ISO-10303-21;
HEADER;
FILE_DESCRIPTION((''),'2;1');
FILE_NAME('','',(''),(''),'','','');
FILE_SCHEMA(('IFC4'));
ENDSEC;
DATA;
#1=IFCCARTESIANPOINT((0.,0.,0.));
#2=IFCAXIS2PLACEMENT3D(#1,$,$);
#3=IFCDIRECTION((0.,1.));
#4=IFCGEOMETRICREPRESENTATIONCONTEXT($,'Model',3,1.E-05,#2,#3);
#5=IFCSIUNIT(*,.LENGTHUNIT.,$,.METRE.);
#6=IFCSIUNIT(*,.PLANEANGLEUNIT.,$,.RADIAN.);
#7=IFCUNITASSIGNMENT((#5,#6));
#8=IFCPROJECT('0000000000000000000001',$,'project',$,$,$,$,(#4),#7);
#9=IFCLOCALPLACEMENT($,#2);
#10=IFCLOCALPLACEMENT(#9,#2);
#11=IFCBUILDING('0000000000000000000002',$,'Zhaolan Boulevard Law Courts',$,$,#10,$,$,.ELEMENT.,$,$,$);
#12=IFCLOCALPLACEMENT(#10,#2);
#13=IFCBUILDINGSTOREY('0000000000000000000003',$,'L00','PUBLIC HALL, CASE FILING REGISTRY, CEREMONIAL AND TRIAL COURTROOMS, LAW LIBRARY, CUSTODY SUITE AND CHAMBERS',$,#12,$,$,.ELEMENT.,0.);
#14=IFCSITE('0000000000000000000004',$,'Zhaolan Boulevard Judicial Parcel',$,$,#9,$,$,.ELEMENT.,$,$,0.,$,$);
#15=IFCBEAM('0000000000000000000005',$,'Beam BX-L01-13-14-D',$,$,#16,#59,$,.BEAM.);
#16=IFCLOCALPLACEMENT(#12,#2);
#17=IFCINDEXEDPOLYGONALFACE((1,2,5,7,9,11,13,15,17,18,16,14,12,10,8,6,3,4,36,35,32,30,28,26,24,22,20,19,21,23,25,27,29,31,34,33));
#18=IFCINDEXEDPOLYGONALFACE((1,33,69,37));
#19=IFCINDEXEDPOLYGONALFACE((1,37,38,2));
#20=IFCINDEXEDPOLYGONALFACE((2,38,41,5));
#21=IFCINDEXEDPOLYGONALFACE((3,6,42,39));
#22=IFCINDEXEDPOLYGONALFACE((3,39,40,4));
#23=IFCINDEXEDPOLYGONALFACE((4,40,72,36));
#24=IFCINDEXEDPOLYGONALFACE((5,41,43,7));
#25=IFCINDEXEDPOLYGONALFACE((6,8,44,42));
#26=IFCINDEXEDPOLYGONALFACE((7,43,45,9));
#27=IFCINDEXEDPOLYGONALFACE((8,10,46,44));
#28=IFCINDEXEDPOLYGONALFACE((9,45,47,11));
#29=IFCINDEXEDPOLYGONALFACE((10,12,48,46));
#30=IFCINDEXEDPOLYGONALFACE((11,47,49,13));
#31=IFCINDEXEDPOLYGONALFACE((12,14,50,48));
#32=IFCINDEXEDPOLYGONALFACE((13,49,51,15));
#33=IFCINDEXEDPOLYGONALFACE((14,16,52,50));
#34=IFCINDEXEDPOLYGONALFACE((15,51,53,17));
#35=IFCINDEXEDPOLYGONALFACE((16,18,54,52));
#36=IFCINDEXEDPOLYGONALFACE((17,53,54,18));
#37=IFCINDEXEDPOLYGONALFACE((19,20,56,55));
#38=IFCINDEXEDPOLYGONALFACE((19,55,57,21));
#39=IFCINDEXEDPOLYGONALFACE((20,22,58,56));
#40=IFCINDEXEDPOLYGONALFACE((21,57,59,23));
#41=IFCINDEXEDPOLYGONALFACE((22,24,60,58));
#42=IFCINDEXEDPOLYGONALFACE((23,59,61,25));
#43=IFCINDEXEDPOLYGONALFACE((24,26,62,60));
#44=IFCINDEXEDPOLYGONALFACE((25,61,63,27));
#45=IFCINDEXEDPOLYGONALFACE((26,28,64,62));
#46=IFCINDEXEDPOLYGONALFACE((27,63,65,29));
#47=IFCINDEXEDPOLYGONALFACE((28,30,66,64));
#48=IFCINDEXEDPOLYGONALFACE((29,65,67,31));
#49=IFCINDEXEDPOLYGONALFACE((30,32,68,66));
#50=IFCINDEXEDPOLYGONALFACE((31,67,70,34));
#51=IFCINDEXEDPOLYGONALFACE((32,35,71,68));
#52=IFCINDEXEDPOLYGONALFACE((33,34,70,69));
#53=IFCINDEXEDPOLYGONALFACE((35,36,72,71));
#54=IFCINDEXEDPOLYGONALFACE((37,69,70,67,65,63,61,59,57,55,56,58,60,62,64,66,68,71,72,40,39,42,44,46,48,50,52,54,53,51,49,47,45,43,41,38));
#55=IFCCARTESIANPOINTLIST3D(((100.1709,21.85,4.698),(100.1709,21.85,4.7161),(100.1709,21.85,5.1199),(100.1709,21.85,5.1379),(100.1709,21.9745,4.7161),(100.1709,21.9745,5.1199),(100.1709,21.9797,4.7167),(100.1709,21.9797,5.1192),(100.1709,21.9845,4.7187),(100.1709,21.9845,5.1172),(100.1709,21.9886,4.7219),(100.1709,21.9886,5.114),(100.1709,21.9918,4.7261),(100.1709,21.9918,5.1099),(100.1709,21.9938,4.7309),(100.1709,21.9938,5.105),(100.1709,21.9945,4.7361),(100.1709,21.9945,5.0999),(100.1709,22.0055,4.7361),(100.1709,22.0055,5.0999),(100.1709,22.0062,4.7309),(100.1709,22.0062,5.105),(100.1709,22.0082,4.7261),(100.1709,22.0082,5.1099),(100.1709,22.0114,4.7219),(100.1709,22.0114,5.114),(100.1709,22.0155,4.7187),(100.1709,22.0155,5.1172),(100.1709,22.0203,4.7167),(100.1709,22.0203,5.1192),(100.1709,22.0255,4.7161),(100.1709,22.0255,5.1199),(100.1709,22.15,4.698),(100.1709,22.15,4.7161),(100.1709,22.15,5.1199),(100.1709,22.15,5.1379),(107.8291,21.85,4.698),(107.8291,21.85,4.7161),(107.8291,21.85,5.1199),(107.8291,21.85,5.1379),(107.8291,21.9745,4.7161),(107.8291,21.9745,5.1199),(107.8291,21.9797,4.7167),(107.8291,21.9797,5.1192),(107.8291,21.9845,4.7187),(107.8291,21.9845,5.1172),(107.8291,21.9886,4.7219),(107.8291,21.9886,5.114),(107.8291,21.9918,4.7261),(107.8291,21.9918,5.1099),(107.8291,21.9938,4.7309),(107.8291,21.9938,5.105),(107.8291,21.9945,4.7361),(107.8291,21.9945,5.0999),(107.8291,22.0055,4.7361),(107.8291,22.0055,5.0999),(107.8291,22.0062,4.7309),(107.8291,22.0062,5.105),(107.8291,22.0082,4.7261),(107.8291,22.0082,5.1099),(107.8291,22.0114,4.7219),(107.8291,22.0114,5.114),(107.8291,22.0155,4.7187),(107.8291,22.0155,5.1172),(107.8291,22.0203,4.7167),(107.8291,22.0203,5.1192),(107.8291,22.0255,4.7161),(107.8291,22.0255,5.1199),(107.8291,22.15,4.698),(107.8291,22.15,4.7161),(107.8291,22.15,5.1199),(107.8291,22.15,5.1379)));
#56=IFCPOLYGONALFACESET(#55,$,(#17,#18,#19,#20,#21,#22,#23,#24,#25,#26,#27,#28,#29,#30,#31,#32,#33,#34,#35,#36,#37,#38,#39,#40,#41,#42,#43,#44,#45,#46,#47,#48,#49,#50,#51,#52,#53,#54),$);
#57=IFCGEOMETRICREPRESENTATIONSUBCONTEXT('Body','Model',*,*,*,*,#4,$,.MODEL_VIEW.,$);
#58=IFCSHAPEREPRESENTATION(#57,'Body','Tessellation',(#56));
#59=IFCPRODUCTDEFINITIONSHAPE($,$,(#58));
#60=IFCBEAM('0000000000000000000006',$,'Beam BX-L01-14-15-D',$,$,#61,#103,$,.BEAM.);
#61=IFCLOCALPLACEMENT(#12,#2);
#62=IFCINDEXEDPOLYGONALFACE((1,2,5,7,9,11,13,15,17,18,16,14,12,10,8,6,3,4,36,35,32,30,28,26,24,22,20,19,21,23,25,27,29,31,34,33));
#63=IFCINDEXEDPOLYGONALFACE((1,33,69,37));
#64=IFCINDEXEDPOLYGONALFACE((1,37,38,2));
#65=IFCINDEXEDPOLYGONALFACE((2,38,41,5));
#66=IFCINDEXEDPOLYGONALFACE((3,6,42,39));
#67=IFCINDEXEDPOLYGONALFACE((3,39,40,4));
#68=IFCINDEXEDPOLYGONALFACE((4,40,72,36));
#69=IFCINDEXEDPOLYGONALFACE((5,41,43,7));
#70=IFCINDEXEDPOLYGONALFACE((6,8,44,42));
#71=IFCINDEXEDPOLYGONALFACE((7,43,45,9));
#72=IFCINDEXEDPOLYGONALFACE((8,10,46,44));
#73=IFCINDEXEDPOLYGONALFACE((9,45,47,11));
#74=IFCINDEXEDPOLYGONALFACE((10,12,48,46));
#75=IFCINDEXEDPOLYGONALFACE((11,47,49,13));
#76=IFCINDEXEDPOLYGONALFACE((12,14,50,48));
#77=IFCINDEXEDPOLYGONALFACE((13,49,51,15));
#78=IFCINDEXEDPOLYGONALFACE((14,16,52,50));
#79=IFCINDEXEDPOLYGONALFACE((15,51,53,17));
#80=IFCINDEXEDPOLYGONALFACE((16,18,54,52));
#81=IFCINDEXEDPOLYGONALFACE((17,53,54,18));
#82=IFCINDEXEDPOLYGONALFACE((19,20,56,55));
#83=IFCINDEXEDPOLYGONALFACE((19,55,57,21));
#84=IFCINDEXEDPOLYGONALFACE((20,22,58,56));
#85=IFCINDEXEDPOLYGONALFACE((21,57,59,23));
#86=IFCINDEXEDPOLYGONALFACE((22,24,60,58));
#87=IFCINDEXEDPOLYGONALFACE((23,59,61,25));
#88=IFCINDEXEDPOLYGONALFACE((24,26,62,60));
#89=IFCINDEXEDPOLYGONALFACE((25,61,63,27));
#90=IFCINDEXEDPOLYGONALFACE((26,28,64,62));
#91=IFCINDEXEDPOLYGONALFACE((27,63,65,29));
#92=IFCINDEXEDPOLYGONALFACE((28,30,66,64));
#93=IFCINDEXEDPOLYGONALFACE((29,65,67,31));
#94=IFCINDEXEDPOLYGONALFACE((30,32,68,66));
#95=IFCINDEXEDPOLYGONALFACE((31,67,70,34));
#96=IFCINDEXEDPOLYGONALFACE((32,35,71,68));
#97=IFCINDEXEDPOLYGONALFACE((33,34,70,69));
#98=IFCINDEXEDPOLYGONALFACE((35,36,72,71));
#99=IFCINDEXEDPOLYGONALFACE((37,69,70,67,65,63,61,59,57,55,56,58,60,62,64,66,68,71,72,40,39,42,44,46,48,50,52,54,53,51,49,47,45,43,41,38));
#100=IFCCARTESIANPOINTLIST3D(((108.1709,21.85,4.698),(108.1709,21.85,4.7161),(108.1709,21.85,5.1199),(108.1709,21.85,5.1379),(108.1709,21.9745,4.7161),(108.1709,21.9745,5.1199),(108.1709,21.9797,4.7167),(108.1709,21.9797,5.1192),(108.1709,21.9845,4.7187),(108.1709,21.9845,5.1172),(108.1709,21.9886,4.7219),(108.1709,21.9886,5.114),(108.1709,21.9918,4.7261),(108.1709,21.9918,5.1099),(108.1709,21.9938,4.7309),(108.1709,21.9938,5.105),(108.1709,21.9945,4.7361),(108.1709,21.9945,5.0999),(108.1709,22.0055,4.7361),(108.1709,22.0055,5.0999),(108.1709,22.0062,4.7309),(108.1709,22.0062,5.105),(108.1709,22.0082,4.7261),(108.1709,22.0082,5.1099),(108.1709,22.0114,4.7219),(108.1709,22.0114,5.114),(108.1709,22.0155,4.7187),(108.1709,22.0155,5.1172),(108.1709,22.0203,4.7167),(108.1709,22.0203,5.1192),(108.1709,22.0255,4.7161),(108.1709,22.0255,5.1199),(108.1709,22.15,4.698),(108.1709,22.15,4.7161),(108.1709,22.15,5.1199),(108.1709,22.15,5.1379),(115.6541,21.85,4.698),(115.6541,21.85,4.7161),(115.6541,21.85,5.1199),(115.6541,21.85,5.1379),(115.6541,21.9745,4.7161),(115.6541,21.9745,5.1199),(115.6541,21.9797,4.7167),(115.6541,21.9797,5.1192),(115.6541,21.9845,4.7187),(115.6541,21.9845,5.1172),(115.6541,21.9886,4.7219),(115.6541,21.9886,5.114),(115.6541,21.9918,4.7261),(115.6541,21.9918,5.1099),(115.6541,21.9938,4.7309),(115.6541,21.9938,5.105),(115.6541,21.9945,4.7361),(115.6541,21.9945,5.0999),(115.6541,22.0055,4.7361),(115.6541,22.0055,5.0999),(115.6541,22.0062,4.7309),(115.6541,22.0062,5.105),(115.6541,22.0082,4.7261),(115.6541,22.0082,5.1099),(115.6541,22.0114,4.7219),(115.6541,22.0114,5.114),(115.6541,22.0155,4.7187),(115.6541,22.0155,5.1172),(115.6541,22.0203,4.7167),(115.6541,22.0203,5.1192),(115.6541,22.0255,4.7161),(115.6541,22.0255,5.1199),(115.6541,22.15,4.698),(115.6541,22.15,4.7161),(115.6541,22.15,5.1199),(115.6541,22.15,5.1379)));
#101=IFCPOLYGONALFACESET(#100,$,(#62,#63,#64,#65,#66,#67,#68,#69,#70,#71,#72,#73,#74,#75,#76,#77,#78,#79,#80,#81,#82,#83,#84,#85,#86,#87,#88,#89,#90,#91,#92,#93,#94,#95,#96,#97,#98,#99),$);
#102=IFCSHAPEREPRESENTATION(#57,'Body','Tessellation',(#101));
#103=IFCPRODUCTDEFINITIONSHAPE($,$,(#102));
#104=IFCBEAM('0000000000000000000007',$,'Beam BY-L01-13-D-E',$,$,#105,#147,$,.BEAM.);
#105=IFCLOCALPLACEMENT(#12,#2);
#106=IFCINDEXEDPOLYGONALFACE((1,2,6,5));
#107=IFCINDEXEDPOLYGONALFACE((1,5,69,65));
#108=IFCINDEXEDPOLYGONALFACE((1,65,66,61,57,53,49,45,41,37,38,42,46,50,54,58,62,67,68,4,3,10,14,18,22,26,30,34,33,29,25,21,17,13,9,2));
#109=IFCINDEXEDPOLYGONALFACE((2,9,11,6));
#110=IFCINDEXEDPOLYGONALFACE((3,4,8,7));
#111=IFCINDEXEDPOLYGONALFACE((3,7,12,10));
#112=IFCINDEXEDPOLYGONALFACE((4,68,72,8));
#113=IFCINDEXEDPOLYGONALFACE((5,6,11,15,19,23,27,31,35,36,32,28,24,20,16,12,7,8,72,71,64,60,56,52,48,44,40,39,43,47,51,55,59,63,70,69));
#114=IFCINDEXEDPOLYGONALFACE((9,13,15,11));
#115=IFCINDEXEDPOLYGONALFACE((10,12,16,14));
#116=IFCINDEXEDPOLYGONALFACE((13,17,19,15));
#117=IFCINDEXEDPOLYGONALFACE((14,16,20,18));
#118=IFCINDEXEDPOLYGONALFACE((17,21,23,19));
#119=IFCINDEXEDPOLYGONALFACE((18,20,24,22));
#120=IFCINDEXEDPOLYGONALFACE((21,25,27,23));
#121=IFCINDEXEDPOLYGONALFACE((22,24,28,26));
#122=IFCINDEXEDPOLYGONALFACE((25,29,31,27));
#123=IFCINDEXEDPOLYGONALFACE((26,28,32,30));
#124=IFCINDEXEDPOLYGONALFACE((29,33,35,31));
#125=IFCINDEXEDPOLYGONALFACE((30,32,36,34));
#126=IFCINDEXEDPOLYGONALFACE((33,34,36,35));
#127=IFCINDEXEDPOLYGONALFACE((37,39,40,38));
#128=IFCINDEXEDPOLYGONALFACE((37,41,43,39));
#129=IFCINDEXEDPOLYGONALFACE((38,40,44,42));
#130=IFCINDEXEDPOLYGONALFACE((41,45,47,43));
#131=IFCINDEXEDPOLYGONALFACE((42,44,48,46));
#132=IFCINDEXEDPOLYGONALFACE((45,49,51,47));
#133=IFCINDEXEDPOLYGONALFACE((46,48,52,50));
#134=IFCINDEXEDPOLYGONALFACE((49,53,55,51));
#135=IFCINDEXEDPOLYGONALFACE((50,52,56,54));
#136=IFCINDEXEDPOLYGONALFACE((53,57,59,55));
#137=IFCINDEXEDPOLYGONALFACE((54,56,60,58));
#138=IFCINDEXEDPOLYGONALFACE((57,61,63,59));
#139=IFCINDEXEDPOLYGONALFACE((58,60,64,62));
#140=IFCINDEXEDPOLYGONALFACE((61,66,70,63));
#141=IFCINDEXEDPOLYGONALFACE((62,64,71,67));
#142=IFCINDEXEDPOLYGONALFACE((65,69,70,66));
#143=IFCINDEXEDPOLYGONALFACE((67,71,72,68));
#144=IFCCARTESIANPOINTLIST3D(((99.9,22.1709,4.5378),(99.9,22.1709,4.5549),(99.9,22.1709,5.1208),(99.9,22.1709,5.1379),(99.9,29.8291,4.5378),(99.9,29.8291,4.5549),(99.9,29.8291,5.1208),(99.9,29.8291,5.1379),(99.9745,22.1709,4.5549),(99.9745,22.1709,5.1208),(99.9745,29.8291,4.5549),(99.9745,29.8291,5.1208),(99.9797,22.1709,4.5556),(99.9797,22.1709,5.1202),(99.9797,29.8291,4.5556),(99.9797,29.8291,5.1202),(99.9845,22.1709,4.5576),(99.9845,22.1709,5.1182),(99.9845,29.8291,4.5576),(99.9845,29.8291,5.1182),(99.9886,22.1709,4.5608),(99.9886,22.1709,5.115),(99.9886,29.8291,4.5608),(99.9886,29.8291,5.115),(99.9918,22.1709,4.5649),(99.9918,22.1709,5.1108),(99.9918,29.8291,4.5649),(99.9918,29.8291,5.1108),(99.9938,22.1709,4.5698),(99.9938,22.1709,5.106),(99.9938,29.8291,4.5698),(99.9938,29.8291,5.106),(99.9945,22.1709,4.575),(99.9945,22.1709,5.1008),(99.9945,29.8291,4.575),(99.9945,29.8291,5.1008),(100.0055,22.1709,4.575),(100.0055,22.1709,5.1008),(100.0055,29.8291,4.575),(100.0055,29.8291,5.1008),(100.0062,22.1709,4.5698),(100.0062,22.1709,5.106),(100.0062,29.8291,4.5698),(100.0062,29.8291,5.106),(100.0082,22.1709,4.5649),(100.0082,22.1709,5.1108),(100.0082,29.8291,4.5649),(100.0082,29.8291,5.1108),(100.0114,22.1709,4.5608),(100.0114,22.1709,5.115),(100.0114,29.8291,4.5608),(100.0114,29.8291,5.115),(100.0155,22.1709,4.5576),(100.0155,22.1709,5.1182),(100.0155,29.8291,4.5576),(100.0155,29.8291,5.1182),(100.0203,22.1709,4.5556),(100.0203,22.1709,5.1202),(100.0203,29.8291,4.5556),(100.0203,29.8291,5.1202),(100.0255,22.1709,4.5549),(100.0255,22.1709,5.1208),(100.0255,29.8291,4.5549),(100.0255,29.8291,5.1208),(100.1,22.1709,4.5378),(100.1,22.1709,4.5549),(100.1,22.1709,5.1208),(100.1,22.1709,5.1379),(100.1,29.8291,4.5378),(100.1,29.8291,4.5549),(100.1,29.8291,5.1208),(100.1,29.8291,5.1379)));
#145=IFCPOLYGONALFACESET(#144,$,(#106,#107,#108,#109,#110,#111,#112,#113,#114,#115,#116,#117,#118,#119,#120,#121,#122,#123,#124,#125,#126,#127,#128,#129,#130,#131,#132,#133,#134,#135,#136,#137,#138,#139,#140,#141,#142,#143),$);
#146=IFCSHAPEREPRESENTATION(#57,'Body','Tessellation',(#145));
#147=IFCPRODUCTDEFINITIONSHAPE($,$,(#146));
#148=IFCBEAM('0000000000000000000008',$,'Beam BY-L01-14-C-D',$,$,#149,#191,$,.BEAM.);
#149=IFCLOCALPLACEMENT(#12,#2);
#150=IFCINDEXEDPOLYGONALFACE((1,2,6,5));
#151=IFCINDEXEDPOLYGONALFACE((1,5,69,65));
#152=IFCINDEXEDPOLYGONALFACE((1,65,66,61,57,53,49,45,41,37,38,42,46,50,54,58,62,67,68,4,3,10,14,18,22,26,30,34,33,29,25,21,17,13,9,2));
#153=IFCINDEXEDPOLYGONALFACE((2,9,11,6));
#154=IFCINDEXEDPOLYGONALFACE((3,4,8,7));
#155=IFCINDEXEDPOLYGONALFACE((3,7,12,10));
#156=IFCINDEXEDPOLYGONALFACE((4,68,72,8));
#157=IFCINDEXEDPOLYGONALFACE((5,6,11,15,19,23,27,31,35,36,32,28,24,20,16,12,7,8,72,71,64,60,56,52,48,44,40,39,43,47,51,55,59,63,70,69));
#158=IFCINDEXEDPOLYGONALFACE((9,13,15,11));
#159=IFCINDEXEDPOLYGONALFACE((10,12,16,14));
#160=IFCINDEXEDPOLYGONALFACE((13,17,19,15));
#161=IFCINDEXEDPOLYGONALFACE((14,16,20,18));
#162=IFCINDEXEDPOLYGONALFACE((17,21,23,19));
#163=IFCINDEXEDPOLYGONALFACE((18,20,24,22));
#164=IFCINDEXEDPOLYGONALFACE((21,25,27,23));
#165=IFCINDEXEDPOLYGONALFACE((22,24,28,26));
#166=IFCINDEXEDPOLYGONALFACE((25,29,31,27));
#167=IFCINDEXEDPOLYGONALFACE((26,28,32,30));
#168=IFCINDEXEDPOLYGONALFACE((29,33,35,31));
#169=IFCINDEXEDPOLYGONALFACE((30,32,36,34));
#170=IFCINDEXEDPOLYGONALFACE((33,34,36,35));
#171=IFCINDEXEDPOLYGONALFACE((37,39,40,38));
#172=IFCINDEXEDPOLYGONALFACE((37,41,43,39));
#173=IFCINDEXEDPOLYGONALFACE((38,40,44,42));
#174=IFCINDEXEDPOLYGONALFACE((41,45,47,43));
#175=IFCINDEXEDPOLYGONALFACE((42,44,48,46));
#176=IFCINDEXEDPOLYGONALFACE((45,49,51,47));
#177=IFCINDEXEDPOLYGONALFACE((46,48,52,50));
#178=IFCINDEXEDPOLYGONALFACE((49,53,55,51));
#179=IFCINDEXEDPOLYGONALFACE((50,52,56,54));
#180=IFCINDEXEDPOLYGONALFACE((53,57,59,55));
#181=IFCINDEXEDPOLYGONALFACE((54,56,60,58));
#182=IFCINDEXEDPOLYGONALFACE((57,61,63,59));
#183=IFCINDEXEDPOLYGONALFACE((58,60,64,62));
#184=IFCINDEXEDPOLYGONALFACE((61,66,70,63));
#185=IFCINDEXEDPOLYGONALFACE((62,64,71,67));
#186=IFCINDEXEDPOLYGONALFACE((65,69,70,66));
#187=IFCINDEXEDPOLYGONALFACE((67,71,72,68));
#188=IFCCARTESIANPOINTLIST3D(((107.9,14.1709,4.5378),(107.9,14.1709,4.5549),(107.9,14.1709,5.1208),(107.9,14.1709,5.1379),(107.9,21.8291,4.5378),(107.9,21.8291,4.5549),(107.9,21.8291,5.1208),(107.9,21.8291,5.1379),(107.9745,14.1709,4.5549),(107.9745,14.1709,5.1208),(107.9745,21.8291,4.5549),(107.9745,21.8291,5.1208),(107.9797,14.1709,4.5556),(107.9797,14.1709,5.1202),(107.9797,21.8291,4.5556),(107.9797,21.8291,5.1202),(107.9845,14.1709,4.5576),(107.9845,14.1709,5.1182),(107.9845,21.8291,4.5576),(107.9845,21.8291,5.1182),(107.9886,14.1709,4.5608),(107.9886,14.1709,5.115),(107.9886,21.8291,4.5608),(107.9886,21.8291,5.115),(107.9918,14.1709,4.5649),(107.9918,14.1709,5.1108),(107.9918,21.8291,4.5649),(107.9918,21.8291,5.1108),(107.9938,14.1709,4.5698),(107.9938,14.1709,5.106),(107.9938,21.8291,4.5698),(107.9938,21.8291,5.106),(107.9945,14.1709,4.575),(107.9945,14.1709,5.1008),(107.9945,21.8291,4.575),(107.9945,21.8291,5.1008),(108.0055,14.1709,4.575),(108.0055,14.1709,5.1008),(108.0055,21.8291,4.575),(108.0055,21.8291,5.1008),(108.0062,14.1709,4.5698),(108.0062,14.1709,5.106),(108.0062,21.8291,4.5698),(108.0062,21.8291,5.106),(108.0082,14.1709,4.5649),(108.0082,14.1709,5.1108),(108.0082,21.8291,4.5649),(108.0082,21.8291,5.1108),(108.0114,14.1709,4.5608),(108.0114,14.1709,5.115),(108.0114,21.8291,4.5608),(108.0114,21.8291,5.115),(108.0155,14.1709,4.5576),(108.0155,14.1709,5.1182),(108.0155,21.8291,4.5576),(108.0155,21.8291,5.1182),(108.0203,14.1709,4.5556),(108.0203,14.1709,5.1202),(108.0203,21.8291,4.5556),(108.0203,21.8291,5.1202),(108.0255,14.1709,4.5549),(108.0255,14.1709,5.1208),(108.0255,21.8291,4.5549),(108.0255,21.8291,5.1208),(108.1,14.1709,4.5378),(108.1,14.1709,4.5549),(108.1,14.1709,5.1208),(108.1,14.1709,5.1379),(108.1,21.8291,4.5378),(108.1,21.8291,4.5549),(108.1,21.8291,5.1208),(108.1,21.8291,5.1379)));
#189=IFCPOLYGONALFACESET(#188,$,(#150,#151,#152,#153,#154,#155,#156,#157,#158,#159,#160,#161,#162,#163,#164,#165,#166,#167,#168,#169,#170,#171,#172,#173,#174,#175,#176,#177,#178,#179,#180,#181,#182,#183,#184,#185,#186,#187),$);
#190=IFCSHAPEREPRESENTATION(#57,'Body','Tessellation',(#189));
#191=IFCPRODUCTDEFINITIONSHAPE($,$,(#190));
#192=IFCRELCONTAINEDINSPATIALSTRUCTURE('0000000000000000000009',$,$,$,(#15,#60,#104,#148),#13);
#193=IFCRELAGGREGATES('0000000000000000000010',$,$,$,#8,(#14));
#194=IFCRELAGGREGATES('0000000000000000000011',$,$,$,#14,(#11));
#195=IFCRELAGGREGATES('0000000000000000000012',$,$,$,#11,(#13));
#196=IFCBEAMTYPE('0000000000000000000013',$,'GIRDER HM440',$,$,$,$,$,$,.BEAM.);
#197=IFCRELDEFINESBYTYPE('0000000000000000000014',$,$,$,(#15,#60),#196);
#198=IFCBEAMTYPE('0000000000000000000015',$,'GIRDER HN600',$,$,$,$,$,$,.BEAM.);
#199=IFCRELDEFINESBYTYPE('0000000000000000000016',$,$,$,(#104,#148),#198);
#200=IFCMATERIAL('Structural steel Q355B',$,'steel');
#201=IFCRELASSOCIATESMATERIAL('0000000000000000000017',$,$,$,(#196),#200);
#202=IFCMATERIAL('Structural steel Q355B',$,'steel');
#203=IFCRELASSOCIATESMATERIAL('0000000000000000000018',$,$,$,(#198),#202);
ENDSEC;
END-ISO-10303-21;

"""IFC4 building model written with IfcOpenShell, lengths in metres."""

from ifc_helpers import new_model, si_unit, direction, frame, origin, origin_2d, place, context, subcontext, project, spatial, i_section, extrude, material, material_profile, profile_set, type_object, element, save


model = new_model("IFC4")

# Units and contexts
model_context = context("Model", 3, precision=1e-05, world=origin(), true_north=direction((0.0, 1.0)))
body_context = subcontext(model_context, "Body", "Model", "MODEL_VIEW")
ifc_project = project(units=[si_unit("LENGTHUNIT", "METRE"), si_unit("PLANEANGLEUNIT", "RADIAN")], contexts=[model_context])

# Site, building, storey
site_placement = place(None, origin())
site = spatial("IfcSite", under=ifc_project, at=site_placement, Name="Zhaolan Boulevard Judicial Parcel", CompositionType="ELEMENT", RefElevation=0.0)
building_placement = place(site_placement, origin())
building = spatial("IfcBuilding", under=site, at=building_placement, Name="Zhaolan Boulevard Law Courts", CompositionType="ELEMENT")
storey_placement = place(building_placement, origin())
storey = spatial("IfcBuildingStorey", under=building, at=storey_placement, Name="L00", Description="PUBLIC HALL, CASE FILING REGISTRY, CEREMONIAL AND TRIAL COURTROOMS, LAW LIBRARY, CUSTODY SUITE AND CHAMBERS", CompositionType="ELEMENT", Elevation=0.0)

# Beams
ifc_material_1 = material(Name="Structural steel Q355B", Category="steel")
ifc_material_profile_1 = material_profile(ifc_material_1, i_section(OverallWidth=0.3, OverallDepth=0.4399, WebThickness=0.011, FlangeThickness=0.0181, FilletRadius=0.02, at=origin_2d()), Name="HM440x300")
ifc_profile_set_1 = profile_set([ifc_material_profile_1], Name="Structural steel Q355B")
beam_type_1 = type_object("IfcBeamType", Name="GIRDER HM440", PredefinedType="BEAM", material=ifc_profile_set_1)
beam_1_placement = place(storey_placement, frame((100.1709, 22.0, 4.918), z_axis=(1.0, 0.0, 0.0), x_axis=(0.0, 1.0, 0.0)))
element("IfcBeam", 1, at=beam_1_placement, inside=storey, type_object=beam_type_1, Name="Beam BX-L01-13-14-D", PredefinedType="BEAM", context=body_context, shape_type="SweptSolid", body=[
    extrude(i_section(OverallWidth=0.3, OverallDepth=0.4399, WebThickness=0.011, FlangeThickness=0.0181, FilletRadius=0.02, at=origin_2d()), origin(), (0.0, 0.0, 1.0), 7.6582),
])
beam_2_placement = place(storey_placement, frame((108.1709, 22.0, 4.918), z_axis=(1.0, 0.0, 0.0), x_axis=(0.0, 1.0, 0.0)))
element("IfcBeam", 2, at=beam_2_placement, inside=storey, type_object=beam_type_1, Name="Beam BX-L01-14-15-D", PredefinedType="BEAM", context=body_context, shape_type="SweptSolid", body=[
    extrude(i_section(OverallWidth=0.3, OverallDepth=0.4399, WebThickness=0.011, FlangeThickness=0.0181, FilletRadius=0.02, at=origin_2d()), origin(), (0.0, 0.0, 1.0), 7.4832),
])
ifc_material_2 = material(Name="Structural steel Q355B", Category="steel")
ifc_material_profile_2 = material_profile(ifc_material_2, i_section(OverallWidth=0.2, OverallDepth=0.6001, WebThickness=0.011, FlangeThickness=0.0171, FilletRadius=0.02, at=origin_2d()), Name="HN600x200")
ifc_profile_set_2 = profile_set([ifc_material_profile_2], Name="Structural steel Q355B")
beam_type_2 = type_object("IfcBeamType", Name="GIRDER HN600", PredefinedType="BEAM", material=ifc_profile_set_2)
for number, where, z_axis, x_axis, name in (
    (3, (100.0, 22.1709, 4.8379), (0.0, 1.0, 0.0), (-1.0, 0.0, 0.0), "Beam BY-L01-13-D-E"),
    (4, (108.0, 14.1709, 4.8379), (0.0, 1.0, 0.0), (-1.0, 0.0, 0.0), "Beam BY-L01-14-C-D"),
):
    element("IfcBeam", number, at=place(storey_placement, frame(where, z_axis=z_axis, x_axis=x_axis)), inside=storey, type_object=beam_type_2, Name=name, PredefinedType="BEAM", context=body_context, shape_type="SweptSolid", body=[
        extrude(i_section(OverallWidth=0.2, OverallDepth=0.6001, WebThickness=0.011, FlangeThickness=0.0171, FilletRadius=0.02, at=origin_2d()), origin(), (0.0, 0.0, 1.0), 7.6582),
    ])

save(model, "model.ifc")
